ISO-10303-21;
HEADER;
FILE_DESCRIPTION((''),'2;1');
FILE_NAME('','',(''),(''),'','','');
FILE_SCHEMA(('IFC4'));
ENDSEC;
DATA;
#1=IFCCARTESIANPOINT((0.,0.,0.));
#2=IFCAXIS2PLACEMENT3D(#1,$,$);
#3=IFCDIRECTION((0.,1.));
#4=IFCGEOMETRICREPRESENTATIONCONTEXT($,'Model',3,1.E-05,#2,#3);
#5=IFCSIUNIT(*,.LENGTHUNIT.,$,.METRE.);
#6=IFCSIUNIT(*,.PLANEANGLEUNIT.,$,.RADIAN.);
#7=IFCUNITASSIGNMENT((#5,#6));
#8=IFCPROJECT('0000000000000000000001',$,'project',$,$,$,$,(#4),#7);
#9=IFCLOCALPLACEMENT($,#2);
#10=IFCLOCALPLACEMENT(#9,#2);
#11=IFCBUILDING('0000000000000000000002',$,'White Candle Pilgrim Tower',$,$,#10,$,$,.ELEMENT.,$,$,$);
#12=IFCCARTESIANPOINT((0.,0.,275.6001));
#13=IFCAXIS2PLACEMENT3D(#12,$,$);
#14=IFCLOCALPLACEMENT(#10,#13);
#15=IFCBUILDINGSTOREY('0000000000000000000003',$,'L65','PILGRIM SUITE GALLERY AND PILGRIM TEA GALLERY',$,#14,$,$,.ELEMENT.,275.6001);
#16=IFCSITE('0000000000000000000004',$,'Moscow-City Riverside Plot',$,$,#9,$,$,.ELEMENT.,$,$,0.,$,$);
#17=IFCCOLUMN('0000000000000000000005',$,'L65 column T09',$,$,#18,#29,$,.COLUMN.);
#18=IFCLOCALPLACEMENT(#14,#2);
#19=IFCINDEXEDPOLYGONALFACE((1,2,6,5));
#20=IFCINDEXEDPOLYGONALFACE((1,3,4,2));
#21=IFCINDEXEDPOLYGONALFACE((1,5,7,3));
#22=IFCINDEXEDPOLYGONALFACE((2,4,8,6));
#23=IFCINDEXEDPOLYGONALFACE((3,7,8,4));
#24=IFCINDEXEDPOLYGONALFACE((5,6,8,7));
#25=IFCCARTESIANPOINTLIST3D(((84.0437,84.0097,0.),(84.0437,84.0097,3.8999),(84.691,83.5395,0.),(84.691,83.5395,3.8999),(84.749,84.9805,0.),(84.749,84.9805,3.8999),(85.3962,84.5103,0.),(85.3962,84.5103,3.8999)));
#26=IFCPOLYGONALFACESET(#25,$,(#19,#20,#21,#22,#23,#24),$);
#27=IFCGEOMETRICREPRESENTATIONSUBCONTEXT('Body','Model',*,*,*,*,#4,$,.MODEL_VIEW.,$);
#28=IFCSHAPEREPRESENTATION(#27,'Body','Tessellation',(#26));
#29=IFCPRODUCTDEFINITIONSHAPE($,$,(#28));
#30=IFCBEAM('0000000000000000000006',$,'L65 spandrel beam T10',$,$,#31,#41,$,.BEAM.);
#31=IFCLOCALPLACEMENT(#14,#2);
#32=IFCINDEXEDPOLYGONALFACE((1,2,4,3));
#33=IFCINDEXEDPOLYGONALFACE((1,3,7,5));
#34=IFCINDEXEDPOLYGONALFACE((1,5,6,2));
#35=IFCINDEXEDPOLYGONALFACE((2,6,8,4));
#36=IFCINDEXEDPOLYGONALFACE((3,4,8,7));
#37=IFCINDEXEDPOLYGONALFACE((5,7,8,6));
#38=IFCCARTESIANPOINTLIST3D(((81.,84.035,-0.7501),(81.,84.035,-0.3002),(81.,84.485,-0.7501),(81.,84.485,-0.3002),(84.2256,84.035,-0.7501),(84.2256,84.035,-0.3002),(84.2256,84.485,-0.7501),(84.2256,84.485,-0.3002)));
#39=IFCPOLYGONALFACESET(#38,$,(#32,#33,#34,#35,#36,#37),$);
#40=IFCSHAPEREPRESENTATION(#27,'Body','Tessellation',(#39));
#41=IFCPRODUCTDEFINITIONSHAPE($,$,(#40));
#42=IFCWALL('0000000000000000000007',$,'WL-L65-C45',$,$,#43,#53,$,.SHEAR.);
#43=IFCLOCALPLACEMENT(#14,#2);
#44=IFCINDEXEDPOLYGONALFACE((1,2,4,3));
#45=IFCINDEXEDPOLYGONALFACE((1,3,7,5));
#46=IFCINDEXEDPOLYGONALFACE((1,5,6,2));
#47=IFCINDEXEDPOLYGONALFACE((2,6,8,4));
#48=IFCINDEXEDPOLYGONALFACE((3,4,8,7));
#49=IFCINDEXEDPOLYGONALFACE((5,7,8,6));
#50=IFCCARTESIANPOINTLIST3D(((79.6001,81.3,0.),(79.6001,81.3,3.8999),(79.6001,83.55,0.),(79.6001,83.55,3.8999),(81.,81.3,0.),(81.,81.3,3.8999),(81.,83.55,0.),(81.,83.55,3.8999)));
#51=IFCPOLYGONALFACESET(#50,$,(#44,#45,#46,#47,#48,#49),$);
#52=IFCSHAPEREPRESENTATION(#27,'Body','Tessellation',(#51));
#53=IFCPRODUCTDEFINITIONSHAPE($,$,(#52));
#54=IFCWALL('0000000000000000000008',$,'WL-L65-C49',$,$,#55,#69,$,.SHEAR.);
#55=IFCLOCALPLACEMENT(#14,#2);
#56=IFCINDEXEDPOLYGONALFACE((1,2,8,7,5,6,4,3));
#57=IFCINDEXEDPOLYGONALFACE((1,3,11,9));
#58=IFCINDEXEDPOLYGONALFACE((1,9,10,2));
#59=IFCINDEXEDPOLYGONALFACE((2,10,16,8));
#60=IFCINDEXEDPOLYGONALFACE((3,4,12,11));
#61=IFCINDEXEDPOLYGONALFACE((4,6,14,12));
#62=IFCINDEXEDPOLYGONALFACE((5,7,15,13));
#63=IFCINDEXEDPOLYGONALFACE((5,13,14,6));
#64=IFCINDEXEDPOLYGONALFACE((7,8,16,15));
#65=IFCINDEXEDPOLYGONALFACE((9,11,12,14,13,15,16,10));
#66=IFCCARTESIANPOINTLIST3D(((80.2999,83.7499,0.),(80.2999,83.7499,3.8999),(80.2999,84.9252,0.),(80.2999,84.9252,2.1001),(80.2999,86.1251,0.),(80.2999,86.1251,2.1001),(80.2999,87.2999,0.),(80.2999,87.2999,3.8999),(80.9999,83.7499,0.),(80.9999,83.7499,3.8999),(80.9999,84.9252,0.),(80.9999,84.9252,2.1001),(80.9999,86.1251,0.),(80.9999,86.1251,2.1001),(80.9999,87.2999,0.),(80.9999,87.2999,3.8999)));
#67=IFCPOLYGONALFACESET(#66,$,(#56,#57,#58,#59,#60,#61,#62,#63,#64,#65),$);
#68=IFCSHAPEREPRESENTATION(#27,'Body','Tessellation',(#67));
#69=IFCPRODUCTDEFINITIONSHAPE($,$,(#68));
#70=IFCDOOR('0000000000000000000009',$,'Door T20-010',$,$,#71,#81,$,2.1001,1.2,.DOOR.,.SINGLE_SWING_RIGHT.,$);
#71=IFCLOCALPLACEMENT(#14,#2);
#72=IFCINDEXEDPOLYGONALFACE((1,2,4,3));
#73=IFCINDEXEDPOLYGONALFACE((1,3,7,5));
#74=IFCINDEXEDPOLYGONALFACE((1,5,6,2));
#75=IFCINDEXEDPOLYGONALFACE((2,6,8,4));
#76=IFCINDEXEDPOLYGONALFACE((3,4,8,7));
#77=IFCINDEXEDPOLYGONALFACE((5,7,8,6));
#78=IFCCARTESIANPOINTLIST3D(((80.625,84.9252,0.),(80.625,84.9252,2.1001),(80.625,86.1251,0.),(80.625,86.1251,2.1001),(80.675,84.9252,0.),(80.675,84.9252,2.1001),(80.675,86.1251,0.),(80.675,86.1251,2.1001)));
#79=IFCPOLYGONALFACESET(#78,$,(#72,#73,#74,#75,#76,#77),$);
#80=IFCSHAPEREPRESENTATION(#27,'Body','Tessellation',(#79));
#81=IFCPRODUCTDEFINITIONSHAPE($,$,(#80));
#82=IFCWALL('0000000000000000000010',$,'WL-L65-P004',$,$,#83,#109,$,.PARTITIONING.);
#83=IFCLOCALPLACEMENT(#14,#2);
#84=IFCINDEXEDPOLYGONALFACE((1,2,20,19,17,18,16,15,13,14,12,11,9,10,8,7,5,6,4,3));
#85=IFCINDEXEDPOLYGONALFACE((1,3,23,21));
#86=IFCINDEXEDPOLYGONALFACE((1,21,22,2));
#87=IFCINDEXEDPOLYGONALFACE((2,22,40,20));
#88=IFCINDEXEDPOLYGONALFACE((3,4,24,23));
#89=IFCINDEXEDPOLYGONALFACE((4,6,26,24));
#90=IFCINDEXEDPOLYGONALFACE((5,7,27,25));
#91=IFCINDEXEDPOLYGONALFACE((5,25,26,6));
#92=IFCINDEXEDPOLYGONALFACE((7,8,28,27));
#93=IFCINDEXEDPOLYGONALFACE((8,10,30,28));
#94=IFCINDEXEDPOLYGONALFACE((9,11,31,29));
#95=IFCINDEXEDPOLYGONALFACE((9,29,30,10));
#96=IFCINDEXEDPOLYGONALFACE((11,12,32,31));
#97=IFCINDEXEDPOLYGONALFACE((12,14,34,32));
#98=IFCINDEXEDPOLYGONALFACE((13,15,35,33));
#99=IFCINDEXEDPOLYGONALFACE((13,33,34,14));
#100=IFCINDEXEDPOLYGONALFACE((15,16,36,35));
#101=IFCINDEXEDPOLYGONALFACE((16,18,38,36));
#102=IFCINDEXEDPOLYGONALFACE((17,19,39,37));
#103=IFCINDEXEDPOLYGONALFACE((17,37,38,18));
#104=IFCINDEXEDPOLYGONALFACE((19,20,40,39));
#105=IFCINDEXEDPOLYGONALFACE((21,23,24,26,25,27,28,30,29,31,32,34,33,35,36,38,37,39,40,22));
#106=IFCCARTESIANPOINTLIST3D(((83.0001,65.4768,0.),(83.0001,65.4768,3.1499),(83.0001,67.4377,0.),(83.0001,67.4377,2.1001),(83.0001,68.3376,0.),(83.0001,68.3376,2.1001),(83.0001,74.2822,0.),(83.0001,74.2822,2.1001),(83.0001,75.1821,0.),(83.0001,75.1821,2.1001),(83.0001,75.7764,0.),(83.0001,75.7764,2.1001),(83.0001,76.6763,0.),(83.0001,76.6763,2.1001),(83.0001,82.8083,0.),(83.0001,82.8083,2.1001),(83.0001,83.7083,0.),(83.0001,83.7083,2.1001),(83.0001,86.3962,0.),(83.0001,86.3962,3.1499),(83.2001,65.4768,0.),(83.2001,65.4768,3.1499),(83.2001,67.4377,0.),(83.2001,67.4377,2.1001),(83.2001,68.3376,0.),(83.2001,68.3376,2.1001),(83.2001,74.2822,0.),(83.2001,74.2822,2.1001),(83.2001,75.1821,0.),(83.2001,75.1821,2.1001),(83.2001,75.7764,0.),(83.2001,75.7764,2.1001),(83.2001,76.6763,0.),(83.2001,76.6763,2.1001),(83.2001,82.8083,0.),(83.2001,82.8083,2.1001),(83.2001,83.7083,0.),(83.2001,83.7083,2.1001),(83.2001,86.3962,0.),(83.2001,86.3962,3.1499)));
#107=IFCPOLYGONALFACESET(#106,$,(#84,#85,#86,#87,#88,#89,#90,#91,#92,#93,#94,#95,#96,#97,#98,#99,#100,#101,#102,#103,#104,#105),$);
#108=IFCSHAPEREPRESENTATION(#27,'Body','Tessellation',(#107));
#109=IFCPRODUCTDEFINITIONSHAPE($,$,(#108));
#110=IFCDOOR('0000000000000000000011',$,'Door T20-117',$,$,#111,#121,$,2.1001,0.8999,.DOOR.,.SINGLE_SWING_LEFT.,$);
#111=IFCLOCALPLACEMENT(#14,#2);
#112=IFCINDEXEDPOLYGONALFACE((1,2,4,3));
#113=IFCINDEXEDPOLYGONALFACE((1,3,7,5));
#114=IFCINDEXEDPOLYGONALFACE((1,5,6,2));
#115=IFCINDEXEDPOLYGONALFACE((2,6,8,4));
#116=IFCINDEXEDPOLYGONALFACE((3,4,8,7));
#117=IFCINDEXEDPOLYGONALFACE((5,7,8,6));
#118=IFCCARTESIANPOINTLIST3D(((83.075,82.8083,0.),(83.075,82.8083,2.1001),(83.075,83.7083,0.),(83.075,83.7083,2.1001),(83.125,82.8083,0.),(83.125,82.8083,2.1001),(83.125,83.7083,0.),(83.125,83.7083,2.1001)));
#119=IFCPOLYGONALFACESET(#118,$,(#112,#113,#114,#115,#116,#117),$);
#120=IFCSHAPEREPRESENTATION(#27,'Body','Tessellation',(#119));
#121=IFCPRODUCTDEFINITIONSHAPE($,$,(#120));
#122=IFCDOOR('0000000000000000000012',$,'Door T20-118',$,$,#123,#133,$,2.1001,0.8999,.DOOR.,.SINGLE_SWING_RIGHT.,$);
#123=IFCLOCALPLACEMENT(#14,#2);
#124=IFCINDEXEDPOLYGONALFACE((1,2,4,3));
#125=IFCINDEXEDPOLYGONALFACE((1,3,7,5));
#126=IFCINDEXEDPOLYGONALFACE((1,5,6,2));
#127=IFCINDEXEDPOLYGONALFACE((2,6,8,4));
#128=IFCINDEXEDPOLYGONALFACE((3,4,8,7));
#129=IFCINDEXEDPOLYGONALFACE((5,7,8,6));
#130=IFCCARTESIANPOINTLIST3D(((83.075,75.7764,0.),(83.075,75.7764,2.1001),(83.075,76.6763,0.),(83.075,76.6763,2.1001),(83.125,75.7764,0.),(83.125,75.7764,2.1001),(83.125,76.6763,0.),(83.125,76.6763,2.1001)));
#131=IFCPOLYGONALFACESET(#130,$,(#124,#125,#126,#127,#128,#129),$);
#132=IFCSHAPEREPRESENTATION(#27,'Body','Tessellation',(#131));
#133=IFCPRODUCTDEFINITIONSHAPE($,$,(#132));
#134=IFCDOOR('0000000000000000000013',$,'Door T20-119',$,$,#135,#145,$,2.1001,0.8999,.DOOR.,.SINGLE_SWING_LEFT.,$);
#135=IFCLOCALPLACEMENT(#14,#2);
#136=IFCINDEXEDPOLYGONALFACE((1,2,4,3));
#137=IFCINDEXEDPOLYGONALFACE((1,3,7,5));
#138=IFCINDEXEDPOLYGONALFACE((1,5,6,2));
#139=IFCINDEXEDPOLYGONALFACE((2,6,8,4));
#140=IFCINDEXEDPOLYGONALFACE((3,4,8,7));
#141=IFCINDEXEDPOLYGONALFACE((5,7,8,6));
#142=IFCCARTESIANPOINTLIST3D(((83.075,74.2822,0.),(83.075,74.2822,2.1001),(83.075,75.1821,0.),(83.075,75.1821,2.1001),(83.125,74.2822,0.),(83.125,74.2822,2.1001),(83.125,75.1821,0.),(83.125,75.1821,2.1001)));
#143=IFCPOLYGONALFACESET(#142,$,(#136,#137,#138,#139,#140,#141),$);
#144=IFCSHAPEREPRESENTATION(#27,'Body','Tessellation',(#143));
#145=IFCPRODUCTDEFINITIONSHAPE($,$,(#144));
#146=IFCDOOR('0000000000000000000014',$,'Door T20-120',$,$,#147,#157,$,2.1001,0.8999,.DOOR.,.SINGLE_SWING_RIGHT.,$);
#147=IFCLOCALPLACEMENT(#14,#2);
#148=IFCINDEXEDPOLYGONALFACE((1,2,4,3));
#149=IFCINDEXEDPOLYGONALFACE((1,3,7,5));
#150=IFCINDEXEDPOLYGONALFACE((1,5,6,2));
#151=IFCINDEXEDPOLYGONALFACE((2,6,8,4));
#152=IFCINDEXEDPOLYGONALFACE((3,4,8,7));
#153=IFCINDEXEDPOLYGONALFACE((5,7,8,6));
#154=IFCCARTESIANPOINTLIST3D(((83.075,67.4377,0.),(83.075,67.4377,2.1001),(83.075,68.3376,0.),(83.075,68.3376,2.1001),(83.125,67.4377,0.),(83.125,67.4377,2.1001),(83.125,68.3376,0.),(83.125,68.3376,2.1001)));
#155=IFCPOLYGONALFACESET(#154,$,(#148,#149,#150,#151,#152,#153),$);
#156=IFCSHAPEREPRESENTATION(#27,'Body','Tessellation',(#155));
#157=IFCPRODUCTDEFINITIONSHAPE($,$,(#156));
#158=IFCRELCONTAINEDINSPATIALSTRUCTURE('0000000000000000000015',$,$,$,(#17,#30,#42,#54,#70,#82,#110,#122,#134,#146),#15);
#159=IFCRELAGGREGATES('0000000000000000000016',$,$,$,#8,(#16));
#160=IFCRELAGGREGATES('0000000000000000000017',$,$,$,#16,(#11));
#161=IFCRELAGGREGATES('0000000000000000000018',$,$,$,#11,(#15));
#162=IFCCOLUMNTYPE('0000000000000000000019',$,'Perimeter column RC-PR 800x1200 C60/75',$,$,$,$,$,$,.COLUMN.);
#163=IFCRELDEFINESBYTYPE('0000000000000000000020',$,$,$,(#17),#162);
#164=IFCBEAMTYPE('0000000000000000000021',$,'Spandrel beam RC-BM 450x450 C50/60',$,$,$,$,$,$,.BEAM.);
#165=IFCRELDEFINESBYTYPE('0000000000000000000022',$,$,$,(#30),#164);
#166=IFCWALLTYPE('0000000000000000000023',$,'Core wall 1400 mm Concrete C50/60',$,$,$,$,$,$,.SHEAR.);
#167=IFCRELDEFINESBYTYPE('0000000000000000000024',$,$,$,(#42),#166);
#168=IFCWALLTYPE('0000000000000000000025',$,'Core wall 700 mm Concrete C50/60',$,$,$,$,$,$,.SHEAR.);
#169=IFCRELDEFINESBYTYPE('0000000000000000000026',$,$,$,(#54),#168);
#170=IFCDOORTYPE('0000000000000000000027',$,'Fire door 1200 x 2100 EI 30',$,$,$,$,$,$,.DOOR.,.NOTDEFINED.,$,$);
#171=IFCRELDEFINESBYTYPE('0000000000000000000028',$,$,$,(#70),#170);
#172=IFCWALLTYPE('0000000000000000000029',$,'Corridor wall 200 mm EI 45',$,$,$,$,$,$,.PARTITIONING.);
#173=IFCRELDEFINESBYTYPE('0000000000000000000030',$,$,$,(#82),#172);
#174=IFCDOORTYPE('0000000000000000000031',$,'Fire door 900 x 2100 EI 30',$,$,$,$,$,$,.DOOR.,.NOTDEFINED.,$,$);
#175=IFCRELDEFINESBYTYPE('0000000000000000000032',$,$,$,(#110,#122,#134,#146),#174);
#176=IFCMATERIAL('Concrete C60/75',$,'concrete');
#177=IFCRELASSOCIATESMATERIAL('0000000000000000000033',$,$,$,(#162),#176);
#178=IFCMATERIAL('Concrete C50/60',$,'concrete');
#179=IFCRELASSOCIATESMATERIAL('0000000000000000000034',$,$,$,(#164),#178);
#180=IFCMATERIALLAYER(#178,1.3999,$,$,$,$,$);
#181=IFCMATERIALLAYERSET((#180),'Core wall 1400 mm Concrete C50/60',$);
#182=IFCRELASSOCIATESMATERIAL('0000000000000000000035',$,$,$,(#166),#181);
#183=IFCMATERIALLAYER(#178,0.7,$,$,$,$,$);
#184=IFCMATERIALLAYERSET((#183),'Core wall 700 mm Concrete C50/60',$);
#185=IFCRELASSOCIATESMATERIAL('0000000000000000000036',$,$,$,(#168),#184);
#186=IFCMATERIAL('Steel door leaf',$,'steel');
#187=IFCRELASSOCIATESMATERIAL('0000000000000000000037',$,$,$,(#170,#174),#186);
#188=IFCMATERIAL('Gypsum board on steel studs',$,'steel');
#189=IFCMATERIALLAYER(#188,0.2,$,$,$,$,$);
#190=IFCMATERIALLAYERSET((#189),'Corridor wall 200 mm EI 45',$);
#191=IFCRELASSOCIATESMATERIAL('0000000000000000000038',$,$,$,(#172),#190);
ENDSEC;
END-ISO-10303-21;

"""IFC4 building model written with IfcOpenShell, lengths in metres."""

from ifc_helpers import new_model, si_unit, direction, frame, frame_2d, origin, origin_2d, place, context, subcontext, project, spatial, rectangle, extrude, material, layer, layer_set, material_profile, profile_set, type_object, element, fill, save


model = new_model("IFC4")

# Units and contexts
model_context = context("Model", 3, precision=1e-05, world=origin(), true_north=direction((0.0, 1.0)))
body_context = subcontext(model_context, "Body", "Model", "MODEL_VIEW")
ifc_project = project(units=[si_unit("LENGTHUNIT", "METRE"), si_unit("PLANEANGLEUNIT", "RADIAN")], contexts=[model_context])

# Site, building, storey
site_placement = place(None, origin())
site = spatial("IfcSite", under=ifc_project, at=site_placement, Name="Moscow-City Riverside Plot", CompositionType="ELEMENT", RefElevation=0.0)
building_placement = place(site_placement, origin())
building = spatial("IfcBuilding", under=site, at=building_placement, Name="White Candle Pilgrim Tower", CompositionType="ELEMENT")
storey_placement = place(building_placement, frame((0.0, 0.0, 275.6001)))
storey = spatial("IfcBuildingStorey", under=building, at=storey_placement, Name="L65", Description="PILGRIM SUITE GALLERY AND PILGRIM TEA GALLERY", CompositionType="ELEMENT", Elevation=275.6001)

# Column
ifc_material_1 = material(Name="Concrete C60/75", Category="concrete")
ifc_material_profile_1 = material_profile(ifc_material_1, rectangle(XDim=0.8, YDim=1.2, at=origin_2d()), Name="RC-PR 800x1200")
ifc_profile_set_1 = profile_set([ifc_material_profile_1], Name="Concrete C60/75")
column_type = type_object("IfcColumnType", Name="Perimeter column RC-PR 800x1200 C60/75", PredefinedType="COLUMN", material=ifc_profile_set_1)
column_placement = place(storey_placement, frame((84.72, 84.26, 0.0), z_axis=(0.0, 0.0, 1.0), x_axis=(0.809027, -0.587771, 0.0)))
element("IfcColumn", 1, at=column_placement, inside=storey, type_object=column_type, Name="L65 column T09", PredefinedType="COLUMN", context=body_context, shape_type="SweptSolid", body=[
    extrude(rectangle(XDim=0.8, YDim=1.2, at=origin_2d()), origin(), (0.0, 0.0, 1.0), 3.8999),
])

# Beam
ifc_material_2 = material(Name="Concrete C50/60", Category="concrete")
ifc_material_profile_2 = material_profile(ifc_material_2, rectangle(XDim=0.45, YDim=0.45, at=origin_2d()), Name="RC-BM 450x450")
ifc_profile_set_2 = profile_set([ifc_material_profile_2], Name="Concrete C50/60")
beam_type = type_object("IfcBeamType", Name="Spandrel beam RC-BM 450x450 C50/60", PredefinedType="BEAM", material=ifc_profile_set_2)
beam_placement = place(storey_placement, frame((84.2256, 84.26, -0.5251), z_axis=(-1.0, 0.0, 0.0), x_axis=(0.0, -1.0, 0.0)))
element("IfcBeam", 2, at=beam_placement, inside=storey, type_object=beam_type, Name="L65 spandrel beam T10", PredefinedType="BEAM", context=body_context, shape_type="SweptSolid", body=[
    extrude(rectangle(XDim=0.45, YDim=0.45, at=origin_2d()), origin(), (0.0, 0.0, 1.0), 3.2256),
])

# Wall
ifc_layer_1 = layer(ifc_material_2, 1.3999)
ifc_layer_set_1 = layer_set([ifc_layer_1], Name="Core wall 1400 mm Concrete C50/60")
wall_type_1 = type_object("IfcWallType", Name="Core wall 1400 mm Concrete C50/60", PredefinedType="SHEAR", material=ifc_layer_set_1)
wall_1_placement = place(storey_placement, frame((80.3, 81.3, 0.0), z_axis=(0.0, 0.0, 1.0), x_axis=(0.0, 1.0, 0.0)))
element("IfcWall", 3, at=wall_1_placement, inside=storey, type_object=wall_type_1, Name="WL-L65-C45", PredefinedType="SHEAR", context=body_context, shape_type="SweptSolid", body=[
    extrude(rectangle(XDim=2.25, YDim=1.3999, at=frame_2d((1.125, 0.0))), origin(), (0.0, 0.0, 1.0), 3.8999),
])

# Wall, opening, door
ifc_layer_2 = layer(ifc_material_2, 0.7)
ifc_layer_set_2 = layer_set([ifc_layer_2], Name="Core wall 700 mm Concrete C50/60")
wall_type_2 = type_object("IfcWallType", Name="Core wall 700 mm Concrete C50/60", PredefinedType="SHEAR", material=ifc_layer_set_2)
wall_2_placement = place(storey_placement, frame((80.6499, 83.75, 0.0), z_axis=(0.0, 0.0, 1.0), x_axis=(0.0, 1.0, 0.0)))
wall_2 = element("IfcWall", 4, at=wall_2_placement, inside=storey, type_object=wall_type_2, Name="WL-L65-C49", PredefinedType="SHEAR", context=body_context, shape_type="SweptSolid", body=[
    extrude(rectangle(XDim=3.55, YDim=0.7, at=frame_2d((1.7749, 0.0))), origin(), (0.0, 0.0, 1.0), 3.8999),
])
opening_1_placement = place(wall_2_placement, frame((1.175, 0.0, 0.0)))
opening_1 = element("IfcOpeningElement", 5, at=opening_1_placement, cuts=wall_2, PredefinedType="OPENING", context=body_context, shape_type="SweptSolid", body=[
    extrude(rectangle(XDim=1.2, YDim=2.1001, at=frame_2d((0.6001, 1.05))), frame((0.0, 0.3599, 0.0), z_axis=(0.0, -1.0, 0.0), x_axis=(1.0, 0.0, 0.0)), (0.0, 0.0, 1.0), 0.72),
])
ifc_material_3 = material(Name="Steel door leaf", Category="steel")
door_type_1 = type_object("IfcDoorType", Name="Fire door 1200 x 2100 EI 30", OperationType="NOTDEFINED", PredefinedType="DOOR", material=ifc_material_3)
door_1_placement = place(opening_1_placement, origin())
door_1 = element("IfcDoor", 6, at=door_1_placement, inside=storey, type_object=door_type_1, Name="Door T20-010", OperationType="SINGLE_SWING_RIGHT", OverallHeight=2.1001, OverallWidth=1.2, PredefinedType="DOOR", context=body_context, shape_type="SweptSolid", body=[
    extrude(rectangle(XDim=1.2, YDim=2.1001, at=frame_2d((0.6001, 1.05))), frame((0.0, 0.0249, 0.0), z_axis=(0.0, -1.0, 0.0), x_axis=(1.0, 0.0, 0.0)), (0.0, 0.0, 1.0), 0.05),
])
fill(opening_1, door_1)

# Wall, openings, doors
ifc_material_4 = material(Name="Gypsum board on steel studs", Category="steel")
ifc_layer_3 = layer(ifc_material_4, 0.2)
ifc_layer_set_3 = layer_set([ifc_layer_3], Name="Corridor wall 200 mm EI 45")
wall_type_3 = type_object("IfcWallType", Name="Corridor wall 200 mm EI 45", PredefinedType="PARTITIONING", material=ifc_layer_set_3)
wall_3_placement = place(storey_placement, frame((83.1001, 86.3962, 0.0), z_axis=(0.0, 0.0, 1.0), x_axis=(0.0, -1.0, 0.0)))
wall_3 = element("IfcWall", 7, at=wall_3_placement, inside=storey, type_object=wall_type_3, Name="WL-L65-P004", PredefinedType="PARTITIONING", context=body_context, shape_type="SweptSolid", body=[
    extrude(rectangle(XDim=20.9194, YDim=0.2, at=frame_2d((10.4597, 0.0))), origin(), (0.0, 0.0, 1.0), 3.1499),
])
opening_2_placement = place(wall_3_placement, frame((2.688, 0.0, 0.0)))
opening_2 = element("IfcOpeningElement", 8, at=opening_2_placement, cuts=wall_3, PredefinedType="OPENING", context=body_context, shape_type="SweptSolid", body=[
    extrude(rectangle(XDim=0.8999, YDim=2.1001, at=frame_2d((0.45, 1.05))), frame((0.0, 0.1099, 0.0), z_axis=(0.0, -1.0, 0.0), x_axis=(1.0, 0.0, 0.0)), (0.0, 0.0, 1.0), 0.22),
])
opening_3_placement = place(wall_3_placement, frame((9.72, 0.0, 0.0)))
opening_3 = element("IfcOpeningElement", 9, at=opening_3_placement, cuts=wall_3, PredefinedType="OPENING", context=body_context, shape_type="SweptSolid", body=[
    extrude(rectangle(XDim=0.8999, YDim=2.1001, at=frame_2d((0.45, 1.05))), frame((0.0, 0.1099, 0.0), z_axis=(0.0, -1.0, 0.0), x_axis=(1.0, 0.0, 0.0)), (0.0, 0.0, 1.0), 0.22),
])
opening_4_placement = place(wall_3_placement, frame((11.2141, 0.0, 0.0)))
opening_4 = element("IfcOpeningElement", 10, at=opening_4_placement, cuts=wall_3, PredefinedType="OPENING", context=body_context, shape_type="SweptSolid", body=[
    extrude(rectangle(XDim=0.8999, YDim=2.1001, at=frame_2d((0.45, 1.05))), frame((0.0, 0.1099, 0.0), z_axis=(0.0, -1.0, 0.0), x_axis=(1.0, 0.0, 0.0)), (0.0, 0.0, 1.0), 0.22),
])
opening_5_placement = place(wall_3_placement, frame((18.0586, 0.0, 0.0)))
opening_5 = element("IfcOpeningElement", 11, at=opening_5_placement, cuts=wall_3, PredefinedType="OPENING", context=body_context, shape_type="SweptSolid", body=[
    extrude(rectangle(XDim=0.8999, YDim=2.1001, at=frame_2d((0.45, 1.05))), frame((0.0, 0.1099, 0.0), z_axis=(0.0, -1.0, 0.0), x_axis=(1.0, 0.0, 0.0)), (0.0, 0.0, 1.0), 0.22),
])
door_type_2 = type_object("IfcDoorType", Name="Fire door 900 x 2100 EI 30", OperationType="NOTDEFINED", PredefinedType="DOOR", material=ifc_material_3)
door_2_placement = place(opening_2_placement, origin())
door_2 = element("IfcDoor", 12, at=door_2_placement, inside=storey, type_object=door_type_2, Name="Door T20-117", OperationType="SINGLE_SWING_LEFT", OverallHeight=2.1001, OverallWidth=0.8999, PredefinedType="DOOR", context=body_context, shape_type="SweptSolid", body=[
    extrude(rectangle(XDim=0.8999, YDim=2.1001, at=frame_2d((0.45, 1.05))), frame((0.0, 0.0249, 0.0), z_axis=(0.0, -1.0, 0.0), x_axis=(1.0, 0.0, 0.0)), (0.0, 0.0, 1.0), 0.05),
])
fill(opening_2, door_2)
door_3_placement = place(opening_3_placement, origin())
door_3 = element("IfcDoor", 13, at=door_3_placement, inside=storey, type_object=door_type_2, Name="Door T20-118", OperationType="SINGLE_SWING_RIGHT", OverallHeight=2.1001, OverallWidth=0.8999, PredefinedType="DOOR", context=body_context, shape_type="SweptSolid", body=[
    extrude(rectangle(XDim=0.8999, YDim=2.1001, at=frame_2d((0.45, 1.05))), frame((0.0, 0.0249, 0.0), z_axis=(0.0, -1.0, 0.0), x_axis=(1.0, 0.0, 0.0)), (0.0, 0.0, 1.0), 0.05),
])
fill(opening_3, door_3)
door_4_placement = place(opening_4_placement, origin())
door_4 = element("IfcDoor", 14, at=door_4_placement, inside=storey, type_object=door_type_2, Name="Door T20-119", OperationType="SINGLE_SWING_LEFT", OverallHeight=2.1001, OverallWidth=0.8999, PredefinedType="DOOR", context=body_context, shape_type="SweptSolid", body=[
    extrude(rectangle(XDim=0.8999, YDim=2.1001, at=frame_2d((0.45, 1.05))), frame((0.0, 0.0249, 0.0), z_axis=(0.0, -1.0, 0.0), x_axis=(1.0, 0.0, 0.0)), (0.0, 0.0, 1.0), 0.05),
])
fill(opening_4, door_4)
door_5_placement = place(opening_5_placement, origin())
door_5 = element("IfcDoor", 15, at=door_5_placement, inside=storey, type_object=door_type_2, Name="Door T20-120", OperationType="SINGLE_SWING_RIGHT", OverallHeight=2.1001, OverallWidth=0.8999, PredefinedType="DOOR", context=body_context, shape_type="SweptSolid", body=[
    extrude(rectangle(XDim=0.8999, YDim=2.1001, at=frame_2d((0.45, 1.05))), frame((0.0, 0.0249, 0.0), z_axis=(0.0, -1.0, 0.0), x_axis=(1.0, 0.0, 0.0)), (0.0, 0.0, 1.0), 0.05),
])
fill(opening_5, door_5)

save(model, "model.ifc")
